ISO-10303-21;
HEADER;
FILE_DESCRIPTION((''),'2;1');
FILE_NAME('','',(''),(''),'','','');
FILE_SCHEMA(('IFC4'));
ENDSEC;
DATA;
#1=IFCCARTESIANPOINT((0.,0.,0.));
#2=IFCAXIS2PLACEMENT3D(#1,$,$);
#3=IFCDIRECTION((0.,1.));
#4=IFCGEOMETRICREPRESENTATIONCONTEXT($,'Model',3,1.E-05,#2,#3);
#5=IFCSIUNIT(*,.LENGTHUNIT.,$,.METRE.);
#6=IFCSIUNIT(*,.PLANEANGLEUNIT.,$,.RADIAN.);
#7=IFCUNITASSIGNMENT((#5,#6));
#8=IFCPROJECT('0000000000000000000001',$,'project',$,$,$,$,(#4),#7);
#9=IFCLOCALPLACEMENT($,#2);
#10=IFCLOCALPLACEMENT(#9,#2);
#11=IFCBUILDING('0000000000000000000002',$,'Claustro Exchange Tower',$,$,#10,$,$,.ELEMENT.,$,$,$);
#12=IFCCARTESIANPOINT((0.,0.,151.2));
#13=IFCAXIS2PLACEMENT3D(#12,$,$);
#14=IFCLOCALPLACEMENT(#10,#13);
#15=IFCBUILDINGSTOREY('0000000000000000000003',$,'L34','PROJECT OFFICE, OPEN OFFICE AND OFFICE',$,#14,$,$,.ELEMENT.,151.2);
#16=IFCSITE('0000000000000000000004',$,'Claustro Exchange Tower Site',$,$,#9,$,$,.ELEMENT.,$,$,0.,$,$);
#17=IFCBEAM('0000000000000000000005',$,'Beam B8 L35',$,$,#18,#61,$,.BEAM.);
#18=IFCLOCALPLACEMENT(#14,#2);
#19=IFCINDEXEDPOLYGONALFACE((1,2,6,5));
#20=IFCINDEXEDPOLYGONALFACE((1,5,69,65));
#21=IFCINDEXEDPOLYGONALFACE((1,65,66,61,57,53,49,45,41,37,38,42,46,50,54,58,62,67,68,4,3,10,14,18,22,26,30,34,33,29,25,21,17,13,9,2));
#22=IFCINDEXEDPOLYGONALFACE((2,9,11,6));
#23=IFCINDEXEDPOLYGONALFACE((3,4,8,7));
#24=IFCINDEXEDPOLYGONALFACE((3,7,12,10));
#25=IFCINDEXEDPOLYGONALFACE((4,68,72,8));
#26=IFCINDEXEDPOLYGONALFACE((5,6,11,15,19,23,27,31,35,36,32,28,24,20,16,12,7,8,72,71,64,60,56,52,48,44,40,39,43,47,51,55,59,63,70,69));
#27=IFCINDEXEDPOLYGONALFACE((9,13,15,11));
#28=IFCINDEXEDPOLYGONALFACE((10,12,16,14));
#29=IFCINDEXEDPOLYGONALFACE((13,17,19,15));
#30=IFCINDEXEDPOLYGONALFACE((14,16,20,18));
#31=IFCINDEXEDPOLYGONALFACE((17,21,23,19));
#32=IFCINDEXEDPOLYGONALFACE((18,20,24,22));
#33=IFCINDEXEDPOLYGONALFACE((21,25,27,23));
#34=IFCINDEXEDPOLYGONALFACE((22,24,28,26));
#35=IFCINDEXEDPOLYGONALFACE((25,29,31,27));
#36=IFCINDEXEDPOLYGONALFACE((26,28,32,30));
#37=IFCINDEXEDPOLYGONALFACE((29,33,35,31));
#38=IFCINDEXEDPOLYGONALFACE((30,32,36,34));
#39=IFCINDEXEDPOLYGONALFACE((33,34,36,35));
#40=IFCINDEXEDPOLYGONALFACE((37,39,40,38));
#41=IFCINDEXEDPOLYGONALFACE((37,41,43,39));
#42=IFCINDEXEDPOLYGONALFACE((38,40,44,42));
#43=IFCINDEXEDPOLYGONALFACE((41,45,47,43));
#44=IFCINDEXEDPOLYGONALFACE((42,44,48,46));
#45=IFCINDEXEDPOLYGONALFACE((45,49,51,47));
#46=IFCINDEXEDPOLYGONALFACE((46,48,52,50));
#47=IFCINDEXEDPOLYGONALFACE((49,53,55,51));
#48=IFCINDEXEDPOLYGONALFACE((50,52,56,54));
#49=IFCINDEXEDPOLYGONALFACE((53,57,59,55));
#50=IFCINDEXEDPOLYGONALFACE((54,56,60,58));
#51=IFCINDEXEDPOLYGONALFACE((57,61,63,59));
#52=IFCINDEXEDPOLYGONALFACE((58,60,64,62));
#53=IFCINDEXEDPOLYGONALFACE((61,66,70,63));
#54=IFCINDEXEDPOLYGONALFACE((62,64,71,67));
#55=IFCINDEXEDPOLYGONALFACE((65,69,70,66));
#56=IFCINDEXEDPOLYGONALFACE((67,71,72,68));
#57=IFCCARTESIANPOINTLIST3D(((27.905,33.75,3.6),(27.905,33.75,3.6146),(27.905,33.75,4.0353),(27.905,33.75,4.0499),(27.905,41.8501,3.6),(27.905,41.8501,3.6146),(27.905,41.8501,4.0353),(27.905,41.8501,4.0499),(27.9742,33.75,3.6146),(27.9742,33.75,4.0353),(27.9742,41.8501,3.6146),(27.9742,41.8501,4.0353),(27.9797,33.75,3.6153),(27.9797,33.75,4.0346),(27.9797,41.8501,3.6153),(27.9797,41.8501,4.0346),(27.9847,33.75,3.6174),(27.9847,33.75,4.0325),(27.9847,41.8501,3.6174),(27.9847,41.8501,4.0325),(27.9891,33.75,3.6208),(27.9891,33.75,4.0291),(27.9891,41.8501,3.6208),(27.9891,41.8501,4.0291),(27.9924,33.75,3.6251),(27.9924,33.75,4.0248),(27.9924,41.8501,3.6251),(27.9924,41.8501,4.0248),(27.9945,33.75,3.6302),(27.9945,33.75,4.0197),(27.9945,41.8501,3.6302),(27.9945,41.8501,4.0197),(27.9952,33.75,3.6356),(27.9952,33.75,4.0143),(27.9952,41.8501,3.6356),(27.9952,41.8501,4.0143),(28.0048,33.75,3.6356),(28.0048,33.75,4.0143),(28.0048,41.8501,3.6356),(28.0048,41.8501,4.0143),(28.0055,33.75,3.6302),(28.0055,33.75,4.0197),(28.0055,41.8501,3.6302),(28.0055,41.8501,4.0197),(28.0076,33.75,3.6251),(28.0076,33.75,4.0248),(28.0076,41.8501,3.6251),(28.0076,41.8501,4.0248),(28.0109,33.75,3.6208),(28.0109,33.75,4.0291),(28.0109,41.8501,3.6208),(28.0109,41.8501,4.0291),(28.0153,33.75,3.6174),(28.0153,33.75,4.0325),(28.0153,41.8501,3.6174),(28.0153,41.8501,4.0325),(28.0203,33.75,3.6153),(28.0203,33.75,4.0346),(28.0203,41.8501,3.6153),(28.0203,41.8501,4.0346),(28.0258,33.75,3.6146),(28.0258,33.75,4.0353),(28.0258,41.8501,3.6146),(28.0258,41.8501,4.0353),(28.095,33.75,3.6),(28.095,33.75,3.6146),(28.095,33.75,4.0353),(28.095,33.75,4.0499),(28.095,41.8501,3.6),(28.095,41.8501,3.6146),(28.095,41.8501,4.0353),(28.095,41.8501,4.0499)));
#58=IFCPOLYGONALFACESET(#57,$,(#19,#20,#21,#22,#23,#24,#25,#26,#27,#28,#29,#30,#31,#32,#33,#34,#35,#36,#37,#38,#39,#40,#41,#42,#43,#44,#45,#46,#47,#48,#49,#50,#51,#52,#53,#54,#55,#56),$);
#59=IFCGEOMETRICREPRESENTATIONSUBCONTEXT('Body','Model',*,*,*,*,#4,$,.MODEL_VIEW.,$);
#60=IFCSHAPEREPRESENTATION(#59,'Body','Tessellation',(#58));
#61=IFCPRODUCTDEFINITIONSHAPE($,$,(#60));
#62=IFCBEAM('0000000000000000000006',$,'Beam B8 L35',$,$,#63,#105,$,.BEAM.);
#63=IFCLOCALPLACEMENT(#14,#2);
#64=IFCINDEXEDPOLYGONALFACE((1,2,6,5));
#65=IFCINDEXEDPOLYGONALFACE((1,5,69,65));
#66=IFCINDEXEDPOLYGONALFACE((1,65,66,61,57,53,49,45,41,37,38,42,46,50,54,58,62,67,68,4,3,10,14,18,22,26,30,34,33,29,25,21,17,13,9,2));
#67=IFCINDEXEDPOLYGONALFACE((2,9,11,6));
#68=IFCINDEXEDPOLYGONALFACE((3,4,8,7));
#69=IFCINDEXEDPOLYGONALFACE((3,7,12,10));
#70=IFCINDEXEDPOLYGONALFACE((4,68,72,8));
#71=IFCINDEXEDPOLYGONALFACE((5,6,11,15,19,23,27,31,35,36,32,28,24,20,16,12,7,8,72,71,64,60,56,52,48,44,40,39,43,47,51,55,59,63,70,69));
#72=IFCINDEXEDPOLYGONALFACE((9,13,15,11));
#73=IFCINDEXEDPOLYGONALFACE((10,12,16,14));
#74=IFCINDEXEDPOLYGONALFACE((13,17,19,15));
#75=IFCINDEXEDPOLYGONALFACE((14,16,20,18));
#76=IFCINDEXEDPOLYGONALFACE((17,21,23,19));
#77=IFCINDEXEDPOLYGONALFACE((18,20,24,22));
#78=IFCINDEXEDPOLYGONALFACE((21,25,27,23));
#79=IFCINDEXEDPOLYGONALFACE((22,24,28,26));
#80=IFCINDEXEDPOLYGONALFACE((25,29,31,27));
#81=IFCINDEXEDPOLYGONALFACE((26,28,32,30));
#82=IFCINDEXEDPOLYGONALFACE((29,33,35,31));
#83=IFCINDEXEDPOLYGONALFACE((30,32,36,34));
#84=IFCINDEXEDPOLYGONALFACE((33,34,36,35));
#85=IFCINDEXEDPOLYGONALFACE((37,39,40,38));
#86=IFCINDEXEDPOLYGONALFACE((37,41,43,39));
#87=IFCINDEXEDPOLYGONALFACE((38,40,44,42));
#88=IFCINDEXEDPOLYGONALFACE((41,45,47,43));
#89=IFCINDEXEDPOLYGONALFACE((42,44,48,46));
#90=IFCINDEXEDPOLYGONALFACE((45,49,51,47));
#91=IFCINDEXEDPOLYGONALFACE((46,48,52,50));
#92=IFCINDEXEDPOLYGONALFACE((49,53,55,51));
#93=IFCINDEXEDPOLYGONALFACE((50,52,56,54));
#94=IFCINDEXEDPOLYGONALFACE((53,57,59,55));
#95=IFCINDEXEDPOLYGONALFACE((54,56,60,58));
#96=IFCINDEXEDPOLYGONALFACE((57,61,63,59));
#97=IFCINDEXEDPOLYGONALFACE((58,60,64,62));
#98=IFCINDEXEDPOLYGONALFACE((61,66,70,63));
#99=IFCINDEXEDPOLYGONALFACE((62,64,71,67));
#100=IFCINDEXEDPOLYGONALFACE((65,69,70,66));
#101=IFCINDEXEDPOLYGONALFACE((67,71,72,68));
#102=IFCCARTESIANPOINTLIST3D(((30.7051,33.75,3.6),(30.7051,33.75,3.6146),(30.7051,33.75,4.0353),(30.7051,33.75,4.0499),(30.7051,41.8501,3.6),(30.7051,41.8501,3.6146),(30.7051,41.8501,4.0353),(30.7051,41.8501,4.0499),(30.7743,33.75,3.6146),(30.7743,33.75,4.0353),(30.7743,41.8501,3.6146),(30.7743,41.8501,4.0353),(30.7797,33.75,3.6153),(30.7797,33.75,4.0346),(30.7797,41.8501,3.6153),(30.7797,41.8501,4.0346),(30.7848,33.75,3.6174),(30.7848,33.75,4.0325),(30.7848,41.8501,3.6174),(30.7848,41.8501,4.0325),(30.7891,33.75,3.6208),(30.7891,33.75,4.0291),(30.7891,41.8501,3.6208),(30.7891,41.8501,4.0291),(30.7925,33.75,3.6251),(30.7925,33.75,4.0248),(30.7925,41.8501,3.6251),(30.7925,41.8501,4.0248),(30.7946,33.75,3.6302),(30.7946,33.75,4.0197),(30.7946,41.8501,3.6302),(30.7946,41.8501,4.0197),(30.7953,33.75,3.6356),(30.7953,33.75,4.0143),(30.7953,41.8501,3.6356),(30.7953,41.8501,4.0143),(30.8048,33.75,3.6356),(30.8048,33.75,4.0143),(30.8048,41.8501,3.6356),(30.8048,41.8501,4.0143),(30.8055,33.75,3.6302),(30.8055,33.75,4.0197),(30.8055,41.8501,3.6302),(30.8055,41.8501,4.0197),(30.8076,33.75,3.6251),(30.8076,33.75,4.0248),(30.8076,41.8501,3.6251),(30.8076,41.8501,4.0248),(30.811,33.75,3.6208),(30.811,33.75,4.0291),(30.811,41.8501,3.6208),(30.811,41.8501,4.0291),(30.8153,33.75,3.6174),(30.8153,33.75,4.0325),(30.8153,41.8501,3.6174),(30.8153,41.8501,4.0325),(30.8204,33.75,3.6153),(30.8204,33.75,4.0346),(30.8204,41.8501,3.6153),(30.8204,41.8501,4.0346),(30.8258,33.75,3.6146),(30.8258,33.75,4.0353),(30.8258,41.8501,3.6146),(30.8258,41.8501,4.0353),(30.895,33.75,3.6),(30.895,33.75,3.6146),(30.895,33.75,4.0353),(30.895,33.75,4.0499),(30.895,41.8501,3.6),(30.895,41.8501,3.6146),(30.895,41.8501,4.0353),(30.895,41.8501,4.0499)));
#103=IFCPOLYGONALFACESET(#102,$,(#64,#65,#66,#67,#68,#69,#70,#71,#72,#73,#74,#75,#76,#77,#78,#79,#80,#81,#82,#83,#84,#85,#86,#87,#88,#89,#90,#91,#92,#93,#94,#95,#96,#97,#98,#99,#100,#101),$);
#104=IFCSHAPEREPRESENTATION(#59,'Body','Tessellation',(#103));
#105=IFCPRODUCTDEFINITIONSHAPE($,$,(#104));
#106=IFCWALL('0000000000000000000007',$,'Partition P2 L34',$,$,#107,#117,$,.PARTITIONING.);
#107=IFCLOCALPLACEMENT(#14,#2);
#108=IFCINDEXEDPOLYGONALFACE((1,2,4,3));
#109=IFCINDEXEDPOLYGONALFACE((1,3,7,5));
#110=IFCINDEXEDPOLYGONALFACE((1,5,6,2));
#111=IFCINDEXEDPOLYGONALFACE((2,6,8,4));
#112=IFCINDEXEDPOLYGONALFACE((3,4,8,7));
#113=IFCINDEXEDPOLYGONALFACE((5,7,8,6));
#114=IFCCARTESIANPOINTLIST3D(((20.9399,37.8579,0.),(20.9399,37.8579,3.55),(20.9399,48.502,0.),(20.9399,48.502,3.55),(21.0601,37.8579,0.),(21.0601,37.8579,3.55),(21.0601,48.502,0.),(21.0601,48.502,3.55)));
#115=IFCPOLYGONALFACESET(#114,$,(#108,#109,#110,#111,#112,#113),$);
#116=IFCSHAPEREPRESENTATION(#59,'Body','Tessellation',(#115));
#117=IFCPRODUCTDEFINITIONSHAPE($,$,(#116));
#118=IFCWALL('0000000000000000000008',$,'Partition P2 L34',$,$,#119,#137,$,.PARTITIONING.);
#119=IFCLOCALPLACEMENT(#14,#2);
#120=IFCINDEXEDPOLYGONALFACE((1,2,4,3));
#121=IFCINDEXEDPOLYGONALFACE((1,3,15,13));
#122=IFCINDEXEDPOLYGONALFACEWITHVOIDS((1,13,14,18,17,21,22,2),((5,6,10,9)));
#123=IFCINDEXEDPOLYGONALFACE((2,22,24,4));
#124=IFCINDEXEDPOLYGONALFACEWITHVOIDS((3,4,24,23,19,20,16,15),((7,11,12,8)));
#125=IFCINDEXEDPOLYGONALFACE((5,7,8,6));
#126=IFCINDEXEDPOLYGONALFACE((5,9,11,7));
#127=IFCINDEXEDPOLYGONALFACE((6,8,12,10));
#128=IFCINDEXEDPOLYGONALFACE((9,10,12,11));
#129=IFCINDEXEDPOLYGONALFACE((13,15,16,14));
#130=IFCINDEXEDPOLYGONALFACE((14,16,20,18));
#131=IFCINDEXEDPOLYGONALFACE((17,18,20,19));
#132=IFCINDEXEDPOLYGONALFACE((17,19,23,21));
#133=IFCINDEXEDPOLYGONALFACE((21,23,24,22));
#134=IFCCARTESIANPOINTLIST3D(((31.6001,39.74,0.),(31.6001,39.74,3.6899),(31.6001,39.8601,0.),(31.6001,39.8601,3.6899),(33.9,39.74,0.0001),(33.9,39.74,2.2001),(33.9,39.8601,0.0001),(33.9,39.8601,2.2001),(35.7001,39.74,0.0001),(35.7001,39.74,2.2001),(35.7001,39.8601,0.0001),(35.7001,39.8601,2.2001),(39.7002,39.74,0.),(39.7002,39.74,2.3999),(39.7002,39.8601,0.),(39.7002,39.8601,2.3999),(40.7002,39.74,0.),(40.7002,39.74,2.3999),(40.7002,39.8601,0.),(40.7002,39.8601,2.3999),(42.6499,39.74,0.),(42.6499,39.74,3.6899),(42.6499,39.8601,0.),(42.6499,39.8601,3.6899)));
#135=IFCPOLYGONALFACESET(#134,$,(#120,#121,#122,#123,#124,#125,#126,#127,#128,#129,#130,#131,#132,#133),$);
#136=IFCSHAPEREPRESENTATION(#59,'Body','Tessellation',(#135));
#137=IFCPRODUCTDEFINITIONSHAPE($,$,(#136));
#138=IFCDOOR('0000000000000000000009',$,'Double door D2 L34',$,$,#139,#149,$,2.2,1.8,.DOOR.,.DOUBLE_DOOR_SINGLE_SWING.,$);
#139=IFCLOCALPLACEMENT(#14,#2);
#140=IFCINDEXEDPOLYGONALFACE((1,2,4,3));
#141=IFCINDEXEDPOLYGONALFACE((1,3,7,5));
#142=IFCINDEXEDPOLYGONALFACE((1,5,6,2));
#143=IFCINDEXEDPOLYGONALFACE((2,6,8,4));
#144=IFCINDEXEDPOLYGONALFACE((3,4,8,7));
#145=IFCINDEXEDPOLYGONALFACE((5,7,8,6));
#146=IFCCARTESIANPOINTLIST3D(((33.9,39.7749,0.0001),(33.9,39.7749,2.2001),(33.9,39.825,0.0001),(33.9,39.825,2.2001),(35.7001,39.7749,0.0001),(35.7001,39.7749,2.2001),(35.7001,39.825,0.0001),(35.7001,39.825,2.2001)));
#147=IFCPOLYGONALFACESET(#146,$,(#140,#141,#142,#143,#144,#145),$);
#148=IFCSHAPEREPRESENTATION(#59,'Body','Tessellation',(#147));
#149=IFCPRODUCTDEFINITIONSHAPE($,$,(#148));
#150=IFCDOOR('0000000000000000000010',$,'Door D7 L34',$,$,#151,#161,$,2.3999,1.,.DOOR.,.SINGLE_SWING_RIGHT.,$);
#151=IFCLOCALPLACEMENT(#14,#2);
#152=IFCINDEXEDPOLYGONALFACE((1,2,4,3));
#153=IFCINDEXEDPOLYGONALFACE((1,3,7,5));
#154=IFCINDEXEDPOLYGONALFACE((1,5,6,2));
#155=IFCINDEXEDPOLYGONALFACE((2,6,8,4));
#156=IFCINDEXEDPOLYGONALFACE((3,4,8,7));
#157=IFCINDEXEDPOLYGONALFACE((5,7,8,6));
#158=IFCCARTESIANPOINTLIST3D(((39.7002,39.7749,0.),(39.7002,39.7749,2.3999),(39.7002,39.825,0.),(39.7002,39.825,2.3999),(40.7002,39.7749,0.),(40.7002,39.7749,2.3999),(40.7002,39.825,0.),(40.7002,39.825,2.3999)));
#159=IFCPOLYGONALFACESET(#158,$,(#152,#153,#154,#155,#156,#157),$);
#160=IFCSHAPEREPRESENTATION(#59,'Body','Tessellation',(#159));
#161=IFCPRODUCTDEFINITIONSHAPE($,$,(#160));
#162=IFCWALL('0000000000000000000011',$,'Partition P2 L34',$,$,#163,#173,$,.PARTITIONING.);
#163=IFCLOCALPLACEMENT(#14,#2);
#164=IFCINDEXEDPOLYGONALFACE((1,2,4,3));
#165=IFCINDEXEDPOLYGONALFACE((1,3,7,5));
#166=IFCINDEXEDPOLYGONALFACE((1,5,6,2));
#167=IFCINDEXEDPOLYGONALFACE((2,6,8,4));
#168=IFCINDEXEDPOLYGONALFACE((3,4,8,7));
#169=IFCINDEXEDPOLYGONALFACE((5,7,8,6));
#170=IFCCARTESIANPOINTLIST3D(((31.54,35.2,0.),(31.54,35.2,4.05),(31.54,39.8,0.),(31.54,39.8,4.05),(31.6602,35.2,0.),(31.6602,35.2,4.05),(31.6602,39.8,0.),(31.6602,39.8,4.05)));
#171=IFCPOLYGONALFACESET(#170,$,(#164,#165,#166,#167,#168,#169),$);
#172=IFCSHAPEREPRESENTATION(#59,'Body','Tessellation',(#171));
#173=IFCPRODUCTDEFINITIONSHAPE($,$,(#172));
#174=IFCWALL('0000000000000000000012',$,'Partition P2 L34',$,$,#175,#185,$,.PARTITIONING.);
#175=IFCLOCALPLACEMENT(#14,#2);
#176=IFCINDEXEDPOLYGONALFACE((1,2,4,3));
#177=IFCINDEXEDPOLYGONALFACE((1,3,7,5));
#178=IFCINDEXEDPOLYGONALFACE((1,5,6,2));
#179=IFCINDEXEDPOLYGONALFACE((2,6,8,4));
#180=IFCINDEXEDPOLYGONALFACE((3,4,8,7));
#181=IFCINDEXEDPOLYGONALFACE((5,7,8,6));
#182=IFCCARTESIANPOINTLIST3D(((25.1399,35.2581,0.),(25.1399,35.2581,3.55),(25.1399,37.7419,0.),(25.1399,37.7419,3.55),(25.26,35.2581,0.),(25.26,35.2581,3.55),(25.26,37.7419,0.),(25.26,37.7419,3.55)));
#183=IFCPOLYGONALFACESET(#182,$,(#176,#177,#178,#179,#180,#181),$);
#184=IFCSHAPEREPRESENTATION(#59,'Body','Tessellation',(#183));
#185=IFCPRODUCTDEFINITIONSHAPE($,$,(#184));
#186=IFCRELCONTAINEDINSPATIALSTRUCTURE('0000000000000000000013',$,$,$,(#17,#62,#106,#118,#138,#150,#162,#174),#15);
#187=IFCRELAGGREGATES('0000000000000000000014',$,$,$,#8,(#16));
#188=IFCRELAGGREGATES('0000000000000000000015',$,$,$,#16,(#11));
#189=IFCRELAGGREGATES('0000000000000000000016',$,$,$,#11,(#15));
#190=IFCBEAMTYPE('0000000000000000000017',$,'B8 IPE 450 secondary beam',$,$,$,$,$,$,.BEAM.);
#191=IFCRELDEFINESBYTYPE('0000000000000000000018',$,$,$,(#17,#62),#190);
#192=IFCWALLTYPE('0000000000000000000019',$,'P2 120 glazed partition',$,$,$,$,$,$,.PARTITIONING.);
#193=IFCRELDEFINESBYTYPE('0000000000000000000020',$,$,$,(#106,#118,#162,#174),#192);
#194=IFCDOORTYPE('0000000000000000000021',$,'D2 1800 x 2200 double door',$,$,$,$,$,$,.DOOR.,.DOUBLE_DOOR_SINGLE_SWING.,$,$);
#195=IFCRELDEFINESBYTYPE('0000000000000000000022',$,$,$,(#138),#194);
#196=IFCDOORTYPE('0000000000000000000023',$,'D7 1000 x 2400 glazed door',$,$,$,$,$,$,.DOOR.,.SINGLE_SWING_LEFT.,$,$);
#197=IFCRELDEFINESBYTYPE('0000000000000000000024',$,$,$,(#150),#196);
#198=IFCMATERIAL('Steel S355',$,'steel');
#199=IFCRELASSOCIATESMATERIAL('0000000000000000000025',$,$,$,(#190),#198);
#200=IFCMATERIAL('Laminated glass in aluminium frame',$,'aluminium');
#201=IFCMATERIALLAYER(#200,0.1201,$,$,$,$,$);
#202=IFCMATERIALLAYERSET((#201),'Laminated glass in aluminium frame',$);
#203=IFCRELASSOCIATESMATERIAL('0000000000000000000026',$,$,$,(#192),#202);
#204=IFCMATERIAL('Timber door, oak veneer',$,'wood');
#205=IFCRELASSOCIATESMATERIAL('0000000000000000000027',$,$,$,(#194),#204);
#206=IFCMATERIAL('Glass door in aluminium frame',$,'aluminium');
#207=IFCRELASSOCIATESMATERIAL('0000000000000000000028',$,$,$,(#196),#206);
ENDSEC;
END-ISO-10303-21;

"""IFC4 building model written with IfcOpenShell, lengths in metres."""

from ifc_helpers import new_model, si_unit, direction, frame, frame_2d, origin, origin_2d, place, context, subcontext, project, spatial, rectangle, i_section, extrude, material, layer, layer_set, material_profile, profile_set, type_object, element, fill, save


model = new_model("IFC4")

# Units and contexts
model_context = context("Model", 3, precision=1e-05, world=origin(), true_north=direction((0.0, 1.0)))
body_context = subcontext(model_context, "Body", "Model", "MODEL_VIEW")
ifc_project = project(units=[si_unit("LENGTHUNIT", "METRE"), si_unit("PLANEANGLEUNIT", "RADIAN")], contexts=[model_context])

# Site, building, storey
site_placement = place(None, origin())
site = spatial("IfcSite", under=ifc_project, at=site_placement, Name="Claustro Exchange Tower Site", CompositionType="ELEMENT", RefElevation=0.0)
building_placement = place(site_placement, origin())
building = spatial("IfcBuilding", under=site, at=building_placement, Name="Claustro Exchange Tower", CompositionType="ELEMENT")
storey_placement = place(building_placement, frame((0.0, 0.0, 151.2)))
storey = spatial("IfcBuildingStorey", under=building, at=storey_placement, Name="L34", Description="PROJECT OFFICE, OPEN OFFICE AND OFFICE", CompositionType="ELEMENT", Elevation=151.2)

# Beams
ifc_material_1 = material(Name="Steel S355", Category="steel")
ifc_material_profile_1 = material_profile(ifc_material_1, i_section(OverallWidth=0.1899, OverallDepth=0.45, WebThickness=0.0095, FlangeThickness=0.0146, FilletRadius=0.021, at=origin_2d()), Name="IPE 450")
ifc_profile_set_1 = profile_set([ifc_material_profile_1], Name="Steel S355")
beam_type_1 = type_object("IfcBeamType", Name="B8 IPE 450 secondary beam", PredefinedType="BEAM", material=ifc_profile_set_1)
for number, where, z_axis, x_axis, name in (
    (1, (28.0, 33.75, 3.825), (0.0, 1.0, 0.0), (-1.0, 0.0, 0.0), "Beam B8 L35"),
    (2, (30.8, 33.75, 3.825), (0.0, 1.0, 0.0), (-1.0, 0.0, 0.0), "Beam B8 L35"),
):
    element("IfcBeam", number, at=place(storey_placement, frame(where, z_axis=z_axis, x_axis=x_axis)), inside=storey, type_object=beam_type_1, Name=name, PredefinedType="BEAM", context=body_context, shape_type="SweptSolid", body=[
        extrude(i_section(OverallWidth=0.1899, OverallDepth=0.45, WebThickness=0.0095, FlangeThickness=0.0146, FilletRadius=0.021, at=origin_2d()), origin(), (0.0, 0.0, 1.0), 8.1001),
    ])

# Wall
ifc_material_2 = material(Name="Laminated glass in aluminium frame", Category="aluminium")
ifc_layer_1 = layer(ifc_material_2, 0.1201)
ifc_layer_set_1 = layer_set([ifc_layer_1], Name="Laminated glass in aluminium frame")
wall_type_1 = type_object("IfcWallType", Name="P2 120 glazed partition", PredefinedType="PARTITIONING", material=ifc_layer_set_1)
wall_1_placement = place(storey_placement, frame((21.0, 37.8579, 0.0), z_axis=(0.0, 0.0, 1.0), x_axis=(0.0, 1.0, 0.0)))
element("IfcWall", 3, at=wall_1_placement, inside=storey, type_object=wall_type_1, Name="Partition P2 L34", PredefinedType="PARTITIONING", context=body_context, shape_type="SweptSolid", body=[
    extrude(rectangle(XDim=10.644, YDim=0.1201, at=frame_2d((5.322, 0.0))), origin(), (0.0, 0.0, 1.0), 3.55),
])

# Wall, openings, doors
wall_2_placement = place(storey_placement, frame((31.6001, 39.8, 0.0), z_axis=(0.0, 0.0, 1.0), x_axis=(1.0, 0.0, 0.0)))
wall_2 = element("IfcWall", 4, at=wall_2_placement, inside=storey, type_object=wall_type_1, Name="Partition P2 L34", PredefinedType="PARTITIONING", context=body_context, shape_type="SweptSolid", body=[
    extrude(rectangle(XDim=11.0498, YDim=0.1201, at=frame_2d((5.5249, 0.0))), origin(), (0.0, 0.0, 1.0), 3.6899),
])
opening_1_placement = place(wall_2_placement, frame((2.3, 0.0, 0.0)))
opening_1 = element("IfcOpeningElement", 5, at=opening_1_placement, cuts=wall_2, PredefinedType="OPENING", context=body_context, shape_type="SweptSolid", body=[
    extrude(rectangle(XDim=1.8, YDim=2.2, at=frame_2d((0.8999, 1.1001))), frame((0.0, 0.0701, 0.0), z_axis=(0.0, -1.0, 0.0), x_axis=(1.0, 0.0, 0.0)), (0.0, 0.0, 1.0), 0.1401),
])
opening_2_placement = place(wall_2_placement, frame((8.1001, 0.0, 0.0)))
opening_2 = element("IfcOpeningElement", 6, at=opening_2_placement, cuts=wall_2, PredefinedType="OPENING", context=body_context, shape_type="SweptSolid", body=[
    extrude(rectangle(XDim=1.0, YDim=2.3999, at=frame_2d((0.5, 1.2))), frame((0.0, 0.0701, 0.0), z_axis=(0.0, -1.0, 0.0), x_axis=(1.0, 0.0, 0.0)), (0.0, 0.0, 1.0), 0.1401),
])
ifc_material_3 = material(Name="Timber door, oak veneer", Category="wood")
door_type_1 = type_object("IfcDoorType", Name="D2 1800 x 2200 double door", OperationType="DOUBLE_DOOR_SINGLE_SWING", PredefinedType="DOOR", material=ifc_material_3)
door_1_placement = place(opening_1_placement, origin())
door_1 = element("IfcDoor", 7, at=door_1_placement, inside=storey, type_object=door_type_1, Name="Double door D2 L34", OperationType="DOUBLE_DOOR_SINGLE_SWING", OverallHeight=2.2, OverallWidth=1.8, PredefinedType="DOOR", context=body_context, shape_type="SweptSolid", body=[
    extrude(rectangle(XDim=1.8, YDim=2.2, at=frame_2d((0.8999, 1.1001))), frame((0.0, 0.0249, 0.0), z_axis=(0.0, -1.0, 0.0), x_axis=(1.0, 0.0, 0.0)), (0.0, 0.0, 1.0), 0.05),
])
fill(opening_1, door_1)
ifc_material_4 = material(Name="Glass door in aluminium frame", Category="aluminium")
door_type_2 = type_object("IfcDoorType", Name="D7 1000 x 2400 glazed door", OperationType="SINGLE_SWING_LEFT", PredefinedType="DOOR", material=ifc_material_4)
door_2_placement = place(opening_2_placement, origin())
door_2 = element("IfcDoor", 8, at=door_2_placement, inside=storey, type_object=door_type_2, Name="Door D7 L34", OperationType="SINGLE_SWING_RIGHT", OverallHeight=2.3999, OverallWidth=1.0, PredefinedType="DOOR", context=body_context, shape_type="SweptSolid", body=[
    extrude(rectangle(XDim=1.0, YDim=2.3999, at=frame_2d((0.5, 1.2))), frame((0.0, 0.0249, 0.0), z_axis=(0.0, -1.0, 0.0), x_axis=(1.0, 0.0, 0.0)), (0.0, 0.0, 1.0), 0.05),
])
fill(opening_2, door_2)

# Walls
wall_3_placement = place(storey_placement, frame((31.6001, 35.2, 0.0), z_axis=(0.0, 0.0, 1.0), x_axis=(0.0, 1.0, 0.0)))
element("IfcWall", 9, at=wall_3_placement, inside=storey, type_object=wall_type_1, Name="Partition P2 L34", PredefinedType="PARTITIONING", context=body_context, shape_type="SweptSolid", body=[
    extrude(rectangle(XDim=4.6001, YDim=0.1201, at=frame_2d((2.3, 0.0))), origin(), (0.0, 0.0, 1.0), 4.05),
])
wall_4_placement = place(storey_placement, frame((25.2, 35.2581, 0.0), z_axis=(0.0, 0.0, 1.0), x_axis=(0.0, 1.0, 0.0)))
element("IfcWall", 10, at=wall_4_placement, inside=storey, type_object=wall_type_1, Name="Partition P2 L34", PredefinedType="PARTITIONING", context=body_context, shape_type="SweptSolid", body=[
    extrude(rectangle(XDim=2.4839, YDim=0.1201, at=frame_2d((1.2419, 0.0))), origin(), (0.0, 0.0, 1.0), 3.55),
])

save(model, "model.ifc")
